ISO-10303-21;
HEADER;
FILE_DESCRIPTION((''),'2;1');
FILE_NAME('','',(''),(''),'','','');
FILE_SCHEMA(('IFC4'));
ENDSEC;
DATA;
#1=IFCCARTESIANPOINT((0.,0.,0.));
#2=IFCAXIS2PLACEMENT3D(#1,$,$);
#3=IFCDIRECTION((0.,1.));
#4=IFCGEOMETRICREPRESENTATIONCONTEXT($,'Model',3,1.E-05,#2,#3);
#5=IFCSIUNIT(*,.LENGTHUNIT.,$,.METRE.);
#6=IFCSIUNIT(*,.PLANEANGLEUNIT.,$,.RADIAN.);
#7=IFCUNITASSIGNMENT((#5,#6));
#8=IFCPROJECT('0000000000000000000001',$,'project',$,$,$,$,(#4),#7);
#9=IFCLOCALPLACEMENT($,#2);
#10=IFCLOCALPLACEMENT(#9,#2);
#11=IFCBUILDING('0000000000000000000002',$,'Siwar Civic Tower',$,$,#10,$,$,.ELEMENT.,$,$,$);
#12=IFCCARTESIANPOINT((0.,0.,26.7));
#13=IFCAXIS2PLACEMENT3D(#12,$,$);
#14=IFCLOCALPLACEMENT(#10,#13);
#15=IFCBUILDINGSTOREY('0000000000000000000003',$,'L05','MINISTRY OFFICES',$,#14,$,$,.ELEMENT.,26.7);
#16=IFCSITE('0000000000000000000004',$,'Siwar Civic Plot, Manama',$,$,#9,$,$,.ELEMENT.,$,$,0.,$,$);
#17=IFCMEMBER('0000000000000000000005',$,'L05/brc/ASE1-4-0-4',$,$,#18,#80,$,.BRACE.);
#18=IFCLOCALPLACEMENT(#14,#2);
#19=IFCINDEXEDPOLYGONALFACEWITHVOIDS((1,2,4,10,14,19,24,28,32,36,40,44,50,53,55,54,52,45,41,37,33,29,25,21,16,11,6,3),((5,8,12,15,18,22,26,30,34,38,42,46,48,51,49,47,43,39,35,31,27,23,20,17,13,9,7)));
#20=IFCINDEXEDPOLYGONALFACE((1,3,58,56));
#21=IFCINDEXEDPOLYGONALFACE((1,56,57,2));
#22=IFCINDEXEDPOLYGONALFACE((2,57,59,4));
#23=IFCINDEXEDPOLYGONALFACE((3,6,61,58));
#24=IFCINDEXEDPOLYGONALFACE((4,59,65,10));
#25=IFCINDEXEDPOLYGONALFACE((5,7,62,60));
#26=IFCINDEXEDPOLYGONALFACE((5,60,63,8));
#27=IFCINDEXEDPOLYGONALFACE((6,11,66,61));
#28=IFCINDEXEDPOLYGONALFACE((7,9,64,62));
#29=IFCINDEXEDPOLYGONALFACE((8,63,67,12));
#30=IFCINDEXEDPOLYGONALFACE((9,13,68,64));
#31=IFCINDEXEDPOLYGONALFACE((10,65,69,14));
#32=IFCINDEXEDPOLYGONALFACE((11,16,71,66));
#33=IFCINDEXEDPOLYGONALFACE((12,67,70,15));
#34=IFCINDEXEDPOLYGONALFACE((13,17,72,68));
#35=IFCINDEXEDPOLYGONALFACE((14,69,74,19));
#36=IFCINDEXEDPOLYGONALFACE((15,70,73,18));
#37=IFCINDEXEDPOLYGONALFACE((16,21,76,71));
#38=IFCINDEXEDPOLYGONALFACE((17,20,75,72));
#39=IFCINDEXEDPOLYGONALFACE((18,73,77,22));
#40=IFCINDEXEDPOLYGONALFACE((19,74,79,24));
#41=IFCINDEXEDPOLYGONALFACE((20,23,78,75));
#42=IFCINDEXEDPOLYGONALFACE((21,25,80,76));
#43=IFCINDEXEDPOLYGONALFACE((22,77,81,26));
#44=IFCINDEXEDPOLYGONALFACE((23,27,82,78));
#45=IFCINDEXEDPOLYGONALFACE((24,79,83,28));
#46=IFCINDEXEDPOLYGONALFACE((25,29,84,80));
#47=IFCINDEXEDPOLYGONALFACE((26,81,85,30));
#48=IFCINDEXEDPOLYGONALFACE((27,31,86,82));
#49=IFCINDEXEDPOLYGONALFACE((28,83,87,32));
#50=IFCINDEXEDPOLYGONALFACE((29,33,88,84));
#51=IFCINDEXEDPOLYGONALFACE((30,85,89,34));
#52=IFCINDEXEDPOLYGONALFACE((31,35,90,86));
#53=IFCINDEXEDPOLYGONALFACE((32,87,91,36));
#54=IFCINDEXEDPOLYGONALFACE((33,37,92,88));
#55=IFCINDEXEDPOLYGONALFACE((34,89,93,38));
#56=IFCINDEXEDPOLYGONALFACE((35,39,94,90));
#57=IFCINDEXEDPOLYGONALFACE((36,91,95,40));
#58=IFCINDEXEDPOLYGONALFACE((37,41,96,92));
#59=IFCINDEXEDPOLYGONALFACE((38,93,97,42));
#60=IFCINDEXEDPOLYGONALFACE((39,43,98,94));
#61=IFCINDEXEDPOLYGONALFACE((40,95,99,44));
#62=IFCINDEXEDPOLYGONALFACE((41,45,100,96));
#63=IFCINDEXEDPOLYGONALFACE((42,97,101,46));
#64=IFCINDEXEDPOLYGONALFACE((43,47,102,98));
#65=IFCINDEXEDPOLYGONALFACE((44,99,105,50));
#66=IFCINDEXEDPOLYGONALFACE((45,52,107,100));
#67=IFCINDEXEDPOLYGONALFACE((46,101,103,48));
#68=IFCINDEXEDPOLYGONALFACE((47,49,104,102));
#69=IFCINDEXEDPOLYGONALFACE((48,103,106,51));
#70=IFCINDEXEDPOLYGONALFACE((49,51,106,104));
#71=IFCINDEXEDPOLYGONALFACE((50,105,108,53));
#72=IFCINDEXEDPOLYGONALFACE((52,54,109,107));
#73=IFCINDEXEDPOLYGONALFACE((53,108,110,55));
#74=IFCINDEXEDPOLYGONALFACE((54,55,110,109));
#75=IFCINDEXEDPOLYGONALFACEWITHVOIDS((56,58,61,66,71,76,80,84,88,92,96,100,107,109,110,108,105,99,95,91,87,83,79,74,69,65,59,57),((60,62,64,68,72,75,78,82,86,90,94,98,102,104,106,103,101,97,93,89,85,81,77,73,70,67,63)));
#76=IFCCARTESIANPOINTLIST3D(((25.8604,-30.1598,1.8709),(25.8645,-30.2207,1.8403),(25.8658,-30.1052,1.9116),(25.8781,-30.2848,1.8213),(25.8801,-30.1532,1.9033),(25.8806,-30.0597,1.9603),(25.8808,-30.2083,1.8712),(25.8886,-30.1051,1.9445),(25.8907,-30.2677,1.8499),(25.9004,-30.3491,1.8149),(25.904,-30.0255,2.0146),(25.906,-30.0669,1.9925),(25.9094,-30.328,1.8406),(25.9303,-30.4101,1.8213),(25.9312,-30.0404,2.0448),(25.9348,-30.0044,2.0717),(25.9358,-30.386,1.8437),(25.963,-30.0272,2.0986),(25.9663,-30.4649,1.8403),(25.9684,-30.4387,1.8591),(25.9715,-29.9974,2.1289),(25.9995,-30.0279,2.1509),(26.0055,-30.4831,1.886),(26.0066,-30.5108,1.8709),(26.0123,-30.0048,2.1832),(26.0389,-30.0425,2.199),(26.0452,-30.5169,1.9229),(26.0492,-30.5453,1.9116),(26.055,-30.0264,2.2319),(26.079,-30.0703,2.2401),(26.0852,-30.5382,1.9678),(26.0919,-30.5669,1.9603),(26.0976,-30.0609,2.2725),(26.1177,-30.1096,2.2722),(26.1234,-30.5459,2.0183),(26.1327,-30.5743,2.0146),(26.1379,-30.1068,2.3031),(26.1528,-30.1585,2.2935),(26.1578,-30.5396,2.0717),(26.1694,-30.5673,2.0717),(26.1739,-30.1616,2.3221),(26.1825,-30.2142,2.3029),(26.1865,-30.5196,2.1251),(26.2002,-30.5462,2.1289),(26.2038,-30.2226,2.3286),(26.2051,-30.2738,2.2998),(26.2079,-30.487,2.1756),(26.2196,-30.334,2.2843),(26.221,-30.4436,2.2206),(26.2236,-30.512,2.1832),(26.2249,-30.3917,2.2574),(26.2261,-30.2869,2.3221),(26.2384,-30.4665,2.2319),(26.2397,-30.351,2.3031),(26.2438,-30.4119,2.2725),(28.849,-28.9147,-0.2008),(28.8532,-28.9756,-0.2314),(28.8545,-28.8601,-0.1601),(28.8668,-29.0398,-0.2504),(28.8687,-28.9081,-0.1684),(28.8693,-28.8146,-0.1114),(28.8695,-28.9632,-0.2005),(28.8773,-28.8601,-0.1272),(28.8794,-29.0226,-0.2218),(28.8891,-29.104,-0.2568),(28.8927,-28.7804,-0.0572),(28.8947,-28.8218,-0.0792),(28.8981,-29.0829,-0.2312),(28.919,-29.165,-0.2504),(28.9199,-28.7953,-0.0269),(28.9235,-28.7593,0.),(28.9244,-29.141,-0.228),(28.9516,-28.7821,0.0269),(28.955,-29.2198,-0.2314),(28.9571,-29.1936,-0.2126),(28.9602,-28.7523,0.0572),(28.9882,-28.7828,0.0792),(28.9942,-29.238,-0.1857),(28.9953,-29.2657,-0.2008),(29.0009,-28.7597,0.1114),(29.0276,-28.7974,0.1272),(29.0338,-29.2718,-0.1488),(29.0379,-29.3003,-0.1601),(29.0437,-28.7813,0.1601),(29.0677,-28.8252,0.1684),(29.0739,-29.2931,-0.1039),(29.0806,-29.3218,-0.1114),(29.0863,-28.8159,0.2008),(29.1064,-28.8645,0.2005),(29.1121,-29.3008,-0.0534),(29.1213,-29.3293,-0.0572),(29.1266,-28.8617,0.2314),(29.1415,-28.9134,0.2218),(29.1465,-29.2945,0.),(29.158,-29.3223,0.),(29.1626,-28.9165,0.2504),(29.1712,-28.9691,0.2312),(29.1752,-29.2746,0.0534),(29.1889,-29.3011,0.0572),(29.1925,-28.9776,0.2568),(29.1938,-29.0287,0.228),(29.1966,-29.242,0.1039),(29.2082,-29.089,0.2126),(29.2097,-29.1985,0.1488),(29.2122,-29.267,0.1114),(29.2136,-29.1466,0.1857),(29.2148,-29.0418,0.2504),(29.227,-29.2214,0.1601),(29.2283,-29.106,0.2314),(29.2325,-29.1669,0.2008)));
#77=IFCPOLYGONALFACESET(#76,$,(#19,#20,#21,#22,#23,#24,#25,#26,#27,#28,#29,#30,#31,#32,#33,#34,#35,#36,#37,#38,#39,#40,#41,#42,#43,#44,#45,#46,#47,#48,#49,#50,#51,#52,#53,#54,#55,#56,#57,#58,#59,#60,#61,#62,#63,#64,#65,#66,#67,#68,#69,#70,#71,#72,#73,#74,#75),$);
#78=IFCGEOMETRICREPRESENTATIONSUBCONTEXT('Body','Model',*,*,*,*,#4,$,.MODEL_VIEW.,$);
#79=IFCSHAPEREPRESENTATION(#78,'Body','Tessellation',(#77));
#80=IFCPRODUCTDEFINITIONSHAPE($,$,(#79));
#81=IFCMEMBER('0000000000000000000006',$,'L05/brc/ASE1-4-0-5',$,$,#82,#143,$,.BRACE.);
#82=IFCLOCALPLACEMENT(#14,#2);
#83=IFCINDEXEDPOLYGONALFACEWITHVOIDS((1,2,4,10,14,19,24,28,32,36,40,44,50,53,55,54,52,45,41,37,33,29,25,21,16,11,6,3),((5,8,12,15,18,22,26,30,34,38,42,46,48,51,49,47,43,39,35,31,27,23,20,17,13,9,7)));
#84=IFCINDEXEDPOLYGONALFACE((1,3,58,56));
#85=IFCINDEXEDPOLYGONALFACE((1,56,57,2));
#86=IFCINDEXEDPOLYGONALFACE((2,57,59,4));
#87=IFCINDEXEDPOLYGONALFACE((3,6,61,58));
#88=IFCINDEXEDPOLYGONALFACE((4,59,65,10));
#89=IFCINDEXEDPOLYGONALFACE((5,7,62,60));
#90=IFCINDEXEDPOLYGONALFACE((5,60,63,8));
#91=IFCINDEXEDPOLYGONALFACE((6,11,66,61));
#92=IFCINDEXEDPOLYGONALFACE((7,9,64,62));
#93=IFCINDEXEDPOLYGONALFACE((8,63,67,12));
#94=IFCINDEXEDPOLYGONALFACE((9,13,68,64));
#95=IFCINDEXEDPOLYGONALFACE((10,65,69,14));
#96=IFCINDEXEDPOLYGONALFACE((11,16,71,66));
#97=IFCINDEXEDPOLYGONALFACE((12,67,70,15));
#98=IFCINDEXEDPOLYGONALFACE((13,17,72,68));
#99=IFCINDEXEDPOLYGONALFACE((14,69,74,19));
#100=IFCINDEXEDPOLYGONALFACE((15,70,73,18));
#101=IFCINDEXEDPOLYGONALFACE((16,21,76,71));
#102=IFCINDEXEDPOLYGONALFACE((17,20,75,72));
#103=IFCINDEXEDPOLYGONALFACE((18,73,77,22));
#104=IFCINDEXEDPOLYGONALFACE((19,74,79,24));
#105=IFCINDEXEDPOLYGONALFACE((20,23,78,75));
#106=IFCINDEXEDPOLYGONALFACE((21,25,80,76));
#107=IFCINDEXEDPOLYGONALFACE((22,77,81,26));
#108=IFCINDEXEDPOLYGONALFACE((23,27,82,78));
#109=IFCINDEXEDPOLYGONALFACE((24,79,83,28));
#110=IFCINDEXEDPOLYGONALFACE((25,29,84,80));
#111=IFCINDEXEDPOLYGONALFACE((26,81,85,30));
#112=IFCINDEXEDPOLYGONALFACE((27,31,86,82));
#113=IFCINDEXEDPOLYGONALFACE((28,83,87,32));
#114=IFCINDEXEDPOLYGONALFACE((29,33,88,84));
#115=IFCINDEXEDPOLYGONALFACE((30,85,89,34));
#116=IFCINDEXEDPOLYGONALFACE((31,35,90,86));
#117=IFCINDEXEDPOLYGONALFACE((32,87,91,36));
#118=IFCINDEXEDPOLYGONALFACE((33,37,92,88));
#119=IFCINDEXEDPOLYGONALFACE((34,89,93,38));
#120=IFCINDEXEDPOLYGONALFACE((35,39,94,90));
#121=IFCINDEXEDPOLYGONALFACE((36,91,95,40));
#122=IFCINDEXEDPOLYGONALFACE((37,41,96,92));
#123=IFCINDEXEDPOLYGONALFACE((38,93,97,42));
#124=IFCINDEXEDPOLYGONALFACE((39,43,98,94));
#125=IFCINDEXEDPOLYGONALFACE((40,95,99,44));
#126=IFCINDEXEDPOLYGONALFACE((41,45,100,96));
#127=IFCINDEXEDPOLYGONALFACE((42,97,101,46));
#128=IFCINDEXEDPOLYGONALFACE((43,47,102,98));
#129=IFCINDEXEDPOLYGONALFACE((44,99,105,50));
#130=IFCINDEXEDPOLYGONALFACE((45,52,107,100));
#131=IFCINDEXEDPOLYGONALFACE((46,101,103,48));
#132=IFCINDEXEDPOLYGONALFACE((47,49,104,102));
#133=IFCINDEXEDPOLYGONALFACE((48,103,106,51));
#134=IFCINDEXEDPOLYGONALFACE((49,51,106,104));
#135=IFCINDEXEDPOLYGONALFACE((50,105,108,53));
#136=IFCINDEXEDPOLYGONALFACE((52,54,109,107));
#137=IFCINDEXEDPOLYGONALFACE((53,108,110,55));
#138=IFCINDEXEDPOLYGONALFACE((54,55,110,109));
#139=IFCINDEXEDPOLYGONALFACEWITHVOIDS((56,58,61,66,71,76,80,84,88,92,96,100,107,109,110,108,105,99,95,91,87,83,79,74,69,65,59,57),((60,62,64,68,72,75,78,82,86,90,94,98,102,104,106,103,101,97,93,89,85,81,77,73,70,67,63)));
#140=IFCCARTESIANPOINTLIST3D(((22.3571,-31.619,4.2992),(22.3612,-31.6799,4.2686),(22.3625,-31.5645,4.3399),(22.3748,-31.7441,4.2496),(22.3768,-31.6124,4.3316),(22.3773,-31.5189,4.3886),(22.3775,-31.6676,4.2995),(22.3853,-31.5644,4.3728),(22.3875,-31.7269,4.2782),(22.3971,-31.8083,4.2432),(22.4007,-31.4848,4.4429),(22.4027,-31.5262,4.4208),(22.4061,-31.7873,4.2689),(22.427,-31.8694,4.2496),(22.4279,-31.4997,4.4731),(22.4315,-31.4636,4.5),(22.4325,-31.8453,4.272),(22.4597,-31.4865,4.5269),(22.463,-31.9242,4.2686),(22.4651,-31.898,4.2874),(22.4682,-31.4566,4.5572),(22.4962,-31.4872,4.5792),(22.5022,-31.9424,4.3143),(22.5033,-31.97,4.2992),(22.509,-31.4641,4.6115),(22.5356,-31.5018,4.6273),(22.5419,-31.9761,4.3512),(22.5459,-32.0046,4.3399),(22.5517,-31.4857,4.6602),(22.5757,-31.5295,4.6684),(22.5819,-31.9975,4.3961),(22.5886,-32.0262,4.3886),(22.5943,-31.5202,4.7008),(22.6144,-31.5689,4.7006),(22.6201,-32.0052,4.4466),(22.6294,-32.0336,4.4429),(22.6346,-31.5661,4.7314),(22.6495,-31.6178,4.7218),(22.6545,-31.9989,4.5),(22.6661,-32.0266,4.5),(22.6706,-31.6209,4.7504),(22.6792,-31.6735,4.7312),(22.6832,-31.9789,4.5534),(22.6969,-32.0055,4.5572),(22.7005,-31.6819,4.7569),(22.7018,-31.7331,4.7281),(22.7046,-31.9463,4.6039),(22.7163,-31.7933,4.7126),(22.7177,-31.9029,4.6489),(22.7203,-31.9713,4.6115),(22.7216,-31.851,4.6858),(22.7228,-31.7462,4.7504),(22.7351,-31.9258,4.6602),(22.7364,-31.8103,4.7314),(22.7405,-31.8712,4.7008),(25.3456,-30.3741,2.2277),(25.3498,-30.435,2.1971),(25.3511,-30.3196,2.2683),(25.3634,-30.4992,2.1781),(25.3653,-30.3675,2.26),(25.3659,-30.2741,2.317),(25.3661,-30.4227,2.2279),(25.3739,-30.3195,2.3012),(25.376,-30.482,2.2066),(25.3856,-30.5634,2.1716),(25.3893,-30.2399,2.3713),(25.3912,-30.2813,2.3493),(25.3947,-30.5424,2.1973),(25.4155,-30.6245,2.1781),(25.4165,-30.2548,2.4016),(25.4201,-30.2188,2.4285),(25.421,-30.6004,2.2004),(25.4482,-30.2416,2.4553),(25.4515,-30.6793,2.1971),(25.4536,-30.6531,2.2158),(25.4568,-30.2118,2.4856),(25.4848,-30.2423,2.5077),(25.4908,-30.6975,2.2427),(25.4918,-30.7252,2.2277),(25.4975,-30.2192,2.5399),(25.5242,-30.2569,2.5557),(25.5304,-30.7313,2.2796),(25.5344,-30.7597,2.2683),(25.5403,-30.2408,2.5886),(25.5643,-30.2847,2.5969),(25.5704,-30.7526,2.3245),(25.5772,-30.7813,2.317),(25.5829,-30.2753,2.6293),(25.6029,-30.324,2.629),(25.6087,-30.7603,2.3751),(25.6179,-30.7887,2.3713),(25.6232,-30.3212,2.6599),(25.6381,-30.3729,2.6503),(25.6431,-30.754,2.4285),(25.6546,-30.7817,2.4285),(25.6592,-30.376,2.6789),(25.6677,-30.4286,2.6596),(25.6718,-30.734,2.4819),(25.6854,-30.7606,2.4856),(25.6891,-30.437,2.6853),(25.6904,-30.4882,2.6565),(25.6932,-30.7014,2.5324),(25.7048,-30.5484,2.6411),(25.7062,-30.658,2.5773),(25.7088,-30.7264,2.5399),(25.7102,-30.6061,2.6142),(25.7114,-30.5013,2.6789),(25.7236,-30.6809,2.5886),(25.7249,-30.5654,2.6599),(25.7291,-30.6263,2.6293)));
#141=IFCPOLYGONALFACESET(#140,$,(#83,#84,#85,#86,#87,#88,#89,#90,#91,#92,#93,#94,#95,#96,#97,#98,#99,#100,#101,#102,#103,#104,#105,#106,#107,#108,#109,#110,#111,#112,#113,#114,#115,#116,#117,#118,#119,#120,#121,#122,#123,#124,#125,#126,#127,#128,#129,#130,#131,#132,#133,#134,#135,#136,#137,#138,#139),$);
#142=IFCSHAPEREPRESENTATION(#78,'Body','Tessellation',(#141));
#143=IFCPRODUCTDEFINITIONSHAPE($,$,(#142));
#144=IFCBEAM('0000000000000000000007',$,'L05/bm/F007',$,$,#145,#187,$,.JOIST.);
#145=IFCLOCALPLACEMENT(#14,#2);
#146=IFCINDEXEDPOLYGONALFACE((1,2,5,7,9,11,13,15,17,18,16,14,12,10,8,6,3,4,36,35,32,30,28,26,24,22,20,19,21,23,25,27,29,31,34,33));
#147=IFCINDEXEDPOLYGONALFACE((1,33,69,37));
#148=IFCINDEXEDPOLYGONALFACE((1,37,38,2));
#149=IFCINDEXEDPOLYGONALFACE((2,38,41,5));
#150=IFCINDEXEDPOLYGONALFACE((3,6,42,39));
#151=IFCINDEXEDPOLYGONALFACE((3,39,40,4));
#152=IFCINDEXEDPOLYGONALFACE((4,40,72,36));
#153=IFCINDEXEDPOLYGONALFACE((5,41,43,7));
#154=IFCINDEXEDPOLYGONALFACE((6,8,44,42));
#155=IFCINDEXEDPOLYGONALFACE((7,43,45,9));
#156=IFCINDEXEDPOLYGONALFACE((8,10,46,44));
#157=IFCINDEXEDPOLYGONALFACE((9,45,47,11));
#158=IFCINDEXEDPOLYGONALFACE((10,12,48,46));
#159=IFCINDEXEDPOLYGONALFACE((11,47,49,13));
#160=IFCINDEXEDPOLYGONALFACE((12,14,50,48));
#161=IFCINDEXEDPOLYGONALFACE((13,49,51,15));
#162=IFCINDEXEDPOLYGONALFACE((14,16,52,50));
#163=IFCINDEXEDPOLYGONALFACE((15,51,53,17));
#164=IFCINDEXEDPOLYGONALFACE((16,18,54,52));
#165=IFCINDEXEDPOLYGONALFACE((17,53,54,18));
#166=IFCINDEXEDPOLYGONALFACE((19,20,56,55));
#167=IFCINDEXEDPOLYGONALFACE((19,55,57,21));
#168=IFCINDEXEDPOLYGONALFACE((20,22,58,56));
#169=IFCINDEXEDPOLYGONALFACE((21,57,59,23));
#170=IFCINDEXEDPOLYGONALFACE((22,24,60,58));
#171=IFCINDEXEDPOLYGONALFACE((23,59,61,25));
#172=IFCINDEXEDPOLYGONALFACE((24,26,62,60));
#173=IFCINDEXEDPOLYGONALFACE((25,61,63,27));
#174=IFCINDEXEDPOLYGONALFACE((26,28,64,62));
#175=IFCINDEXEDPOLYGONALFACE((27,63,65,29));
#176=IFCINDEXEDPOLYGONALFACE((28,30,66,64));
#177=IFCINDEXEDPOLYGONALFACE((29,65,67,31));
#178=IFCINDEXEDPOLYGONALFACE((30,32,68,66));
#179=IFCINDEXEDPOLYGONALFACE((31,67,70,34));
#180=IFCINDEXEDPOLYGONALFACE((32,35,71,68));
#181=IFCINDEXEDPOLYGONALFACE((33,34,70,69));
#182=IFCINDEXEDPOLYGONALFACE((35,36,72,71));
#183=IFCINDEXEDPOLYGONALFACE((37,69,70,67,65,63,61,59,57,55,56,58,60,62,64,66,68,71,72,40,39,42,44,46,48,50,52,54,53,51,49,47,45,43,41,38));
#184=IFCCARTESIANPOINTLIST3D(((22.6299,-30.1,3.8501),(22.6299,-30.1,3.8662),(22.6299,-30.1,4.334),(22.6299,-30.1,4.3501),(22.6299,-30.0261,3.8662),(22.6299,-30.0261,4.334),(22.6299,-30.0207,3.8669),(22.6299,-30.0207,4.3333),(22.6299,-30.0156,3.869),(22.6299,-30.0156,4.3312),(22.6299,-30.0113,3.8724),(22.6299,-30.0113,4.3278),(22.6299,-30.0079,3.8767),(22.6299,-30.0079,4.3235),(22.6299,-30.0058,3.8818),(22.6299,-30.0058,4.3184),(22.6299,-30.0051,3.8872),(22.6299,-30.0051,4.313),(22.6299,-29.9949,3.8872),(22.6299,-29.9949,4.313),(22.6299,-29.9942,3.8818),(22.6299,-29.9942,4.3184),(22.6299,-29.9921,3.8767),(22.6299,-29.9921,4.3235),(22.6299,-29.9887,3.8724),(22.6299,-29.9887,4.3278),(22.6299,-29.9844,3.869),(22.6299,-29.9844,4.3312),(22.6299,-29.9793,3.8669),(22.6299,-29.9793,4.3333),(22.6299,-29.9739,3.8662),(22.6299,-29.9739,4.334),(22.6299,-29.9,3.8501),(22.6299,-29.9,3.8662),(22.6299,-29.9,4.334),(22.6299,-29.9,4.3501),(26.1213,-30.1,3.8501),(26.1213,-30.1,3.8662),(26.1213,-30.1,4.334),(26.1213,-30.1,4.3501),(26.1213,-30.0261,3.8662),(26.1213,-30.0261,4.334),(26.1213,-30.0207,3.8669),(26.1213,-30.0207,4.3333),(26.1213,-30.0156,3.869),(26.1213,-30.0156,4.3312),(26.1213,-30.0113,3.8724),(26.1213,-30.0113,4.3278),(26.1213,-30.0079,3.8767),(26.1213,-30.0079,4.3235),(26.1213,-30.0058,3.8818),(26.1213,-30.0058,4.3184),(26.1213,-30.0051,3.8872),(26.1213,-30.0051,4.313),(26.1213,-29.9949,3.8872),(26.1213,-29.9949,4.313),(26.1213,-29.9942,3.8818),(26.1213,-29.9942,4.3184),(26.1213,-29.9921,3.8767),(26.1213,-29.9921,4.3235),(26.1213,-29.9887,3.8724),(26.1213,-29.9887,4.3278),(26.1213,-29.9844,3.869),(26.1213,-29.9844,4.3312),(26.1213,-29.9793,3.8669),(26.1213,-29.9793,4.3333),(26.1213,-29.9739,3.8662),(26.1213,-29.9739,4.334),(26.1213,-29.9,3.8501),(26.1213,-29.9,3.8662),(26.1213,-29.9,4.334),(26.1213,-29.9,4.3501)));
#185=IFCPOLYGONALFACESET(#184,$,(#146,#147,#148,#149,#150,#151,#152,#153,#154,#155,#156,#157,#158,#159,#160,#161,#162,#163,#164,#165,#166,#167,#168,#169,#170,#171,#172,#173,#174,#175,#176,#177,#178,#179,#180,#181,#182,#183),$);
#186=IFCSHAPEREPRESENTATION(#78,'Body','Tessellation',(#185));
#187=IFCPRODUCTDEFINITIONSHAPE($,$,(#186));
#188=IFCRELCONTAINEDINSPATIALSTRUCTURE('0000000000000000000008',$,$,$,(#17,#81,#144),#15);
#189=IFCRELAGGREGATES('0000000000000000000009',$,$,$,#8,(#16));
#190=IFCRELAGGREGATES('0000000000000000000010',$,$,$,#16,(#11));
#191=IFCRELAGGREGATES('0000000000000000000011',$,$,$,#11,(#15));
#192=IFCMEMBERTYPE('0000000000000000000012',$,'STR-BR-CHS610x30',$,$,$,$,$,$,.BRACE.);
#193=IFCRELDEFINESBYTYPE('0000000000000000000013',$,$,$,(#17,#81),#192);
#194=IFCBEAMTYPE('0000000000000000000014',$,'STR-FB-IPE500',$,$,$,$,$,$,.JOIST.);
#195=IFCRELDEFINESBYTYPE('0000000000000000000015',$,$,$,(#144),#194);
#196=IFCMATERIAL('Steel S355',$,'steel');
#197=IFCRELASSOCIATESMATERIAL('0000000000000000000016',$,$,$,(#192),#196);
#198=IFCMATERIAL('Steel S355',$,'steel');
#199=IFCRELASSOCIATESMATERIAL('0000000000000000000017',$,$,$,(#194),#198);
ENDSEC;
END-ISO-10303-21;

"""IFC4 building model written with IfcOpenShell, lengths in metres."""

from ifc_helpers import new_model, si_unit, direction, frame, origin, origin_2d, place, context, subcontext, project, spatial, hollow_circle, i_section, extrude, material, material_profile, profile_set, type_object, element, save


model = new_model("IFC4")

# Units and contexts
model_context = context("Model", 3, precision=1e-05, world=origin(), true_north=direction((0.0, 1.0)))
body_context = subcontext(model_context, "Body", "Model", "MODEL_VIEW")
ifc_project = project(units=[si_unit("LENGTHUNIT", "METRE"), si_unit("PLANEANGLEUNIT", "RADIAN")], contexts=[model_context])

# Site, building, storey
site_placement = place(None, origin())
site = spatial("IfcSite", under=ifc_project, at=site_placement, Name="Siwar Civic Plot, Manama", CompositionType="ELEMENT", RefElevation=0.0)
building_placement = place(site_placement, origin())
building = spatial("IfcBuilding", under=site, at=building_placement, Name="Siwar Civic Tower", CompositionType="ELEMENT")
storey_placement = place(building_placement, frame((0.0, 0.0, 26.7)))
storey = spatial("IfcBuildingStorey", under=building, at=storey_placement, Name="L05", Description="MINISTRY OFFICES", CompositionType="ELEMENT", Elevation=26.7)

# Members
ifc_material_1 = material(Name="Steel S355", Category="steel")
ifc_material_profile_1 = material_profile(ifc_material_1, hollow_circle(Radius=0.3049, WallThickness=0.03, at=origin_2d()), Name="CHS610x30")
ifc_profile_set_1 = profile_set([ifc_material_profile_1], Name="Steel S355")
member_type_1 = type_object("IfcMemberType", Name="STR-BR-CHS610x30", PredefinedType="BRACE", material=ifc_profile_set_1)
member_1_placement = place(storey_placement, frame((29.0408, -29.0408, 0.0), z_axis=(-0.777542, -0.323923, 0.538982), x_axis=(0.384562, -0.923099, 0.0)))
element("IfcMember", 1, at=member_1_placement, inside=storey, type_object=member_type_1, Name="L05/brc/ASE1-4-0-4", PredefinedType="BRACE", context=body_context, shape_type="SweptSolid", body=[
    extrude(hollow_circle(Radius=0.3049, WallThickness=0.03, at=origin_2d()), origin(), (0.0, 0.0, 1.0), 3.8438),
])
member_2_placement = place(storey_placement, frame((25.5374, -30.5002, 2.4285), z_axis=(-0.77756, -0.323893, 0.538975), x_axis=(0.384524, -0.923115, 0.0)))
element("IfcMember", 2, at=member_2_placement, inside=storey, type_object=member_type_1, Name="L05/brc/ASE1-4-0-5", PredefinedType="BRACE", context=body_context, shape_type="SweptSolid", body=[
    extrude(hollow_circle(Radius=0.3049, WallThickness=0.03, at=origin_2d()), origin(), (0.0, 0.0, 1.0), 3.8435),
])

# Beam
ifc_material_2 = material(Name="Steel S355", Category="steel")
ifc_material_profile_2 = material_profile(ifc_material_2, i_section(OverallWidth=0.2, OverallDepth=0.5, WebThickness=0.0103, FlangeThickness=0.0161, FilletRadius=0.021, at=origin_2d()), Name="IPE500")
ifc_profile_set_2 = profile_set([ifc_material_profile_2], Name="Steel S355")
beam_type_1 = type_object("IfcBeamType", Name="STR-FB-IPE500", PredefinedType="JOIST", material=ifc_profile_set_2)
beam_1_placement = place(storey_placement, frame((22.6299, -30.0, 4.1001), z_axis=(1.0, 0.0, 0.0), x_axis=(0.0, 1.0, 0.0)))
element("IfcBeam", 3, at=beam_1_placement, inside=storey, type_object=beam_type_1, Name="L05/bm/F007", PredefinedType="JOIST", context=body_context, shape_type="SweptSolid", body=[
    extrude(i_section(OverallWidth=0.2, OverallDepth=0.5, WebThickness=0.0103, FlangeThickness=0.0161, FilletRadius=0.021, at=origin_2d()), origin(), (0.0, 0.0, 1.0), 3.4915),
])

save(model, "model.ifc")
